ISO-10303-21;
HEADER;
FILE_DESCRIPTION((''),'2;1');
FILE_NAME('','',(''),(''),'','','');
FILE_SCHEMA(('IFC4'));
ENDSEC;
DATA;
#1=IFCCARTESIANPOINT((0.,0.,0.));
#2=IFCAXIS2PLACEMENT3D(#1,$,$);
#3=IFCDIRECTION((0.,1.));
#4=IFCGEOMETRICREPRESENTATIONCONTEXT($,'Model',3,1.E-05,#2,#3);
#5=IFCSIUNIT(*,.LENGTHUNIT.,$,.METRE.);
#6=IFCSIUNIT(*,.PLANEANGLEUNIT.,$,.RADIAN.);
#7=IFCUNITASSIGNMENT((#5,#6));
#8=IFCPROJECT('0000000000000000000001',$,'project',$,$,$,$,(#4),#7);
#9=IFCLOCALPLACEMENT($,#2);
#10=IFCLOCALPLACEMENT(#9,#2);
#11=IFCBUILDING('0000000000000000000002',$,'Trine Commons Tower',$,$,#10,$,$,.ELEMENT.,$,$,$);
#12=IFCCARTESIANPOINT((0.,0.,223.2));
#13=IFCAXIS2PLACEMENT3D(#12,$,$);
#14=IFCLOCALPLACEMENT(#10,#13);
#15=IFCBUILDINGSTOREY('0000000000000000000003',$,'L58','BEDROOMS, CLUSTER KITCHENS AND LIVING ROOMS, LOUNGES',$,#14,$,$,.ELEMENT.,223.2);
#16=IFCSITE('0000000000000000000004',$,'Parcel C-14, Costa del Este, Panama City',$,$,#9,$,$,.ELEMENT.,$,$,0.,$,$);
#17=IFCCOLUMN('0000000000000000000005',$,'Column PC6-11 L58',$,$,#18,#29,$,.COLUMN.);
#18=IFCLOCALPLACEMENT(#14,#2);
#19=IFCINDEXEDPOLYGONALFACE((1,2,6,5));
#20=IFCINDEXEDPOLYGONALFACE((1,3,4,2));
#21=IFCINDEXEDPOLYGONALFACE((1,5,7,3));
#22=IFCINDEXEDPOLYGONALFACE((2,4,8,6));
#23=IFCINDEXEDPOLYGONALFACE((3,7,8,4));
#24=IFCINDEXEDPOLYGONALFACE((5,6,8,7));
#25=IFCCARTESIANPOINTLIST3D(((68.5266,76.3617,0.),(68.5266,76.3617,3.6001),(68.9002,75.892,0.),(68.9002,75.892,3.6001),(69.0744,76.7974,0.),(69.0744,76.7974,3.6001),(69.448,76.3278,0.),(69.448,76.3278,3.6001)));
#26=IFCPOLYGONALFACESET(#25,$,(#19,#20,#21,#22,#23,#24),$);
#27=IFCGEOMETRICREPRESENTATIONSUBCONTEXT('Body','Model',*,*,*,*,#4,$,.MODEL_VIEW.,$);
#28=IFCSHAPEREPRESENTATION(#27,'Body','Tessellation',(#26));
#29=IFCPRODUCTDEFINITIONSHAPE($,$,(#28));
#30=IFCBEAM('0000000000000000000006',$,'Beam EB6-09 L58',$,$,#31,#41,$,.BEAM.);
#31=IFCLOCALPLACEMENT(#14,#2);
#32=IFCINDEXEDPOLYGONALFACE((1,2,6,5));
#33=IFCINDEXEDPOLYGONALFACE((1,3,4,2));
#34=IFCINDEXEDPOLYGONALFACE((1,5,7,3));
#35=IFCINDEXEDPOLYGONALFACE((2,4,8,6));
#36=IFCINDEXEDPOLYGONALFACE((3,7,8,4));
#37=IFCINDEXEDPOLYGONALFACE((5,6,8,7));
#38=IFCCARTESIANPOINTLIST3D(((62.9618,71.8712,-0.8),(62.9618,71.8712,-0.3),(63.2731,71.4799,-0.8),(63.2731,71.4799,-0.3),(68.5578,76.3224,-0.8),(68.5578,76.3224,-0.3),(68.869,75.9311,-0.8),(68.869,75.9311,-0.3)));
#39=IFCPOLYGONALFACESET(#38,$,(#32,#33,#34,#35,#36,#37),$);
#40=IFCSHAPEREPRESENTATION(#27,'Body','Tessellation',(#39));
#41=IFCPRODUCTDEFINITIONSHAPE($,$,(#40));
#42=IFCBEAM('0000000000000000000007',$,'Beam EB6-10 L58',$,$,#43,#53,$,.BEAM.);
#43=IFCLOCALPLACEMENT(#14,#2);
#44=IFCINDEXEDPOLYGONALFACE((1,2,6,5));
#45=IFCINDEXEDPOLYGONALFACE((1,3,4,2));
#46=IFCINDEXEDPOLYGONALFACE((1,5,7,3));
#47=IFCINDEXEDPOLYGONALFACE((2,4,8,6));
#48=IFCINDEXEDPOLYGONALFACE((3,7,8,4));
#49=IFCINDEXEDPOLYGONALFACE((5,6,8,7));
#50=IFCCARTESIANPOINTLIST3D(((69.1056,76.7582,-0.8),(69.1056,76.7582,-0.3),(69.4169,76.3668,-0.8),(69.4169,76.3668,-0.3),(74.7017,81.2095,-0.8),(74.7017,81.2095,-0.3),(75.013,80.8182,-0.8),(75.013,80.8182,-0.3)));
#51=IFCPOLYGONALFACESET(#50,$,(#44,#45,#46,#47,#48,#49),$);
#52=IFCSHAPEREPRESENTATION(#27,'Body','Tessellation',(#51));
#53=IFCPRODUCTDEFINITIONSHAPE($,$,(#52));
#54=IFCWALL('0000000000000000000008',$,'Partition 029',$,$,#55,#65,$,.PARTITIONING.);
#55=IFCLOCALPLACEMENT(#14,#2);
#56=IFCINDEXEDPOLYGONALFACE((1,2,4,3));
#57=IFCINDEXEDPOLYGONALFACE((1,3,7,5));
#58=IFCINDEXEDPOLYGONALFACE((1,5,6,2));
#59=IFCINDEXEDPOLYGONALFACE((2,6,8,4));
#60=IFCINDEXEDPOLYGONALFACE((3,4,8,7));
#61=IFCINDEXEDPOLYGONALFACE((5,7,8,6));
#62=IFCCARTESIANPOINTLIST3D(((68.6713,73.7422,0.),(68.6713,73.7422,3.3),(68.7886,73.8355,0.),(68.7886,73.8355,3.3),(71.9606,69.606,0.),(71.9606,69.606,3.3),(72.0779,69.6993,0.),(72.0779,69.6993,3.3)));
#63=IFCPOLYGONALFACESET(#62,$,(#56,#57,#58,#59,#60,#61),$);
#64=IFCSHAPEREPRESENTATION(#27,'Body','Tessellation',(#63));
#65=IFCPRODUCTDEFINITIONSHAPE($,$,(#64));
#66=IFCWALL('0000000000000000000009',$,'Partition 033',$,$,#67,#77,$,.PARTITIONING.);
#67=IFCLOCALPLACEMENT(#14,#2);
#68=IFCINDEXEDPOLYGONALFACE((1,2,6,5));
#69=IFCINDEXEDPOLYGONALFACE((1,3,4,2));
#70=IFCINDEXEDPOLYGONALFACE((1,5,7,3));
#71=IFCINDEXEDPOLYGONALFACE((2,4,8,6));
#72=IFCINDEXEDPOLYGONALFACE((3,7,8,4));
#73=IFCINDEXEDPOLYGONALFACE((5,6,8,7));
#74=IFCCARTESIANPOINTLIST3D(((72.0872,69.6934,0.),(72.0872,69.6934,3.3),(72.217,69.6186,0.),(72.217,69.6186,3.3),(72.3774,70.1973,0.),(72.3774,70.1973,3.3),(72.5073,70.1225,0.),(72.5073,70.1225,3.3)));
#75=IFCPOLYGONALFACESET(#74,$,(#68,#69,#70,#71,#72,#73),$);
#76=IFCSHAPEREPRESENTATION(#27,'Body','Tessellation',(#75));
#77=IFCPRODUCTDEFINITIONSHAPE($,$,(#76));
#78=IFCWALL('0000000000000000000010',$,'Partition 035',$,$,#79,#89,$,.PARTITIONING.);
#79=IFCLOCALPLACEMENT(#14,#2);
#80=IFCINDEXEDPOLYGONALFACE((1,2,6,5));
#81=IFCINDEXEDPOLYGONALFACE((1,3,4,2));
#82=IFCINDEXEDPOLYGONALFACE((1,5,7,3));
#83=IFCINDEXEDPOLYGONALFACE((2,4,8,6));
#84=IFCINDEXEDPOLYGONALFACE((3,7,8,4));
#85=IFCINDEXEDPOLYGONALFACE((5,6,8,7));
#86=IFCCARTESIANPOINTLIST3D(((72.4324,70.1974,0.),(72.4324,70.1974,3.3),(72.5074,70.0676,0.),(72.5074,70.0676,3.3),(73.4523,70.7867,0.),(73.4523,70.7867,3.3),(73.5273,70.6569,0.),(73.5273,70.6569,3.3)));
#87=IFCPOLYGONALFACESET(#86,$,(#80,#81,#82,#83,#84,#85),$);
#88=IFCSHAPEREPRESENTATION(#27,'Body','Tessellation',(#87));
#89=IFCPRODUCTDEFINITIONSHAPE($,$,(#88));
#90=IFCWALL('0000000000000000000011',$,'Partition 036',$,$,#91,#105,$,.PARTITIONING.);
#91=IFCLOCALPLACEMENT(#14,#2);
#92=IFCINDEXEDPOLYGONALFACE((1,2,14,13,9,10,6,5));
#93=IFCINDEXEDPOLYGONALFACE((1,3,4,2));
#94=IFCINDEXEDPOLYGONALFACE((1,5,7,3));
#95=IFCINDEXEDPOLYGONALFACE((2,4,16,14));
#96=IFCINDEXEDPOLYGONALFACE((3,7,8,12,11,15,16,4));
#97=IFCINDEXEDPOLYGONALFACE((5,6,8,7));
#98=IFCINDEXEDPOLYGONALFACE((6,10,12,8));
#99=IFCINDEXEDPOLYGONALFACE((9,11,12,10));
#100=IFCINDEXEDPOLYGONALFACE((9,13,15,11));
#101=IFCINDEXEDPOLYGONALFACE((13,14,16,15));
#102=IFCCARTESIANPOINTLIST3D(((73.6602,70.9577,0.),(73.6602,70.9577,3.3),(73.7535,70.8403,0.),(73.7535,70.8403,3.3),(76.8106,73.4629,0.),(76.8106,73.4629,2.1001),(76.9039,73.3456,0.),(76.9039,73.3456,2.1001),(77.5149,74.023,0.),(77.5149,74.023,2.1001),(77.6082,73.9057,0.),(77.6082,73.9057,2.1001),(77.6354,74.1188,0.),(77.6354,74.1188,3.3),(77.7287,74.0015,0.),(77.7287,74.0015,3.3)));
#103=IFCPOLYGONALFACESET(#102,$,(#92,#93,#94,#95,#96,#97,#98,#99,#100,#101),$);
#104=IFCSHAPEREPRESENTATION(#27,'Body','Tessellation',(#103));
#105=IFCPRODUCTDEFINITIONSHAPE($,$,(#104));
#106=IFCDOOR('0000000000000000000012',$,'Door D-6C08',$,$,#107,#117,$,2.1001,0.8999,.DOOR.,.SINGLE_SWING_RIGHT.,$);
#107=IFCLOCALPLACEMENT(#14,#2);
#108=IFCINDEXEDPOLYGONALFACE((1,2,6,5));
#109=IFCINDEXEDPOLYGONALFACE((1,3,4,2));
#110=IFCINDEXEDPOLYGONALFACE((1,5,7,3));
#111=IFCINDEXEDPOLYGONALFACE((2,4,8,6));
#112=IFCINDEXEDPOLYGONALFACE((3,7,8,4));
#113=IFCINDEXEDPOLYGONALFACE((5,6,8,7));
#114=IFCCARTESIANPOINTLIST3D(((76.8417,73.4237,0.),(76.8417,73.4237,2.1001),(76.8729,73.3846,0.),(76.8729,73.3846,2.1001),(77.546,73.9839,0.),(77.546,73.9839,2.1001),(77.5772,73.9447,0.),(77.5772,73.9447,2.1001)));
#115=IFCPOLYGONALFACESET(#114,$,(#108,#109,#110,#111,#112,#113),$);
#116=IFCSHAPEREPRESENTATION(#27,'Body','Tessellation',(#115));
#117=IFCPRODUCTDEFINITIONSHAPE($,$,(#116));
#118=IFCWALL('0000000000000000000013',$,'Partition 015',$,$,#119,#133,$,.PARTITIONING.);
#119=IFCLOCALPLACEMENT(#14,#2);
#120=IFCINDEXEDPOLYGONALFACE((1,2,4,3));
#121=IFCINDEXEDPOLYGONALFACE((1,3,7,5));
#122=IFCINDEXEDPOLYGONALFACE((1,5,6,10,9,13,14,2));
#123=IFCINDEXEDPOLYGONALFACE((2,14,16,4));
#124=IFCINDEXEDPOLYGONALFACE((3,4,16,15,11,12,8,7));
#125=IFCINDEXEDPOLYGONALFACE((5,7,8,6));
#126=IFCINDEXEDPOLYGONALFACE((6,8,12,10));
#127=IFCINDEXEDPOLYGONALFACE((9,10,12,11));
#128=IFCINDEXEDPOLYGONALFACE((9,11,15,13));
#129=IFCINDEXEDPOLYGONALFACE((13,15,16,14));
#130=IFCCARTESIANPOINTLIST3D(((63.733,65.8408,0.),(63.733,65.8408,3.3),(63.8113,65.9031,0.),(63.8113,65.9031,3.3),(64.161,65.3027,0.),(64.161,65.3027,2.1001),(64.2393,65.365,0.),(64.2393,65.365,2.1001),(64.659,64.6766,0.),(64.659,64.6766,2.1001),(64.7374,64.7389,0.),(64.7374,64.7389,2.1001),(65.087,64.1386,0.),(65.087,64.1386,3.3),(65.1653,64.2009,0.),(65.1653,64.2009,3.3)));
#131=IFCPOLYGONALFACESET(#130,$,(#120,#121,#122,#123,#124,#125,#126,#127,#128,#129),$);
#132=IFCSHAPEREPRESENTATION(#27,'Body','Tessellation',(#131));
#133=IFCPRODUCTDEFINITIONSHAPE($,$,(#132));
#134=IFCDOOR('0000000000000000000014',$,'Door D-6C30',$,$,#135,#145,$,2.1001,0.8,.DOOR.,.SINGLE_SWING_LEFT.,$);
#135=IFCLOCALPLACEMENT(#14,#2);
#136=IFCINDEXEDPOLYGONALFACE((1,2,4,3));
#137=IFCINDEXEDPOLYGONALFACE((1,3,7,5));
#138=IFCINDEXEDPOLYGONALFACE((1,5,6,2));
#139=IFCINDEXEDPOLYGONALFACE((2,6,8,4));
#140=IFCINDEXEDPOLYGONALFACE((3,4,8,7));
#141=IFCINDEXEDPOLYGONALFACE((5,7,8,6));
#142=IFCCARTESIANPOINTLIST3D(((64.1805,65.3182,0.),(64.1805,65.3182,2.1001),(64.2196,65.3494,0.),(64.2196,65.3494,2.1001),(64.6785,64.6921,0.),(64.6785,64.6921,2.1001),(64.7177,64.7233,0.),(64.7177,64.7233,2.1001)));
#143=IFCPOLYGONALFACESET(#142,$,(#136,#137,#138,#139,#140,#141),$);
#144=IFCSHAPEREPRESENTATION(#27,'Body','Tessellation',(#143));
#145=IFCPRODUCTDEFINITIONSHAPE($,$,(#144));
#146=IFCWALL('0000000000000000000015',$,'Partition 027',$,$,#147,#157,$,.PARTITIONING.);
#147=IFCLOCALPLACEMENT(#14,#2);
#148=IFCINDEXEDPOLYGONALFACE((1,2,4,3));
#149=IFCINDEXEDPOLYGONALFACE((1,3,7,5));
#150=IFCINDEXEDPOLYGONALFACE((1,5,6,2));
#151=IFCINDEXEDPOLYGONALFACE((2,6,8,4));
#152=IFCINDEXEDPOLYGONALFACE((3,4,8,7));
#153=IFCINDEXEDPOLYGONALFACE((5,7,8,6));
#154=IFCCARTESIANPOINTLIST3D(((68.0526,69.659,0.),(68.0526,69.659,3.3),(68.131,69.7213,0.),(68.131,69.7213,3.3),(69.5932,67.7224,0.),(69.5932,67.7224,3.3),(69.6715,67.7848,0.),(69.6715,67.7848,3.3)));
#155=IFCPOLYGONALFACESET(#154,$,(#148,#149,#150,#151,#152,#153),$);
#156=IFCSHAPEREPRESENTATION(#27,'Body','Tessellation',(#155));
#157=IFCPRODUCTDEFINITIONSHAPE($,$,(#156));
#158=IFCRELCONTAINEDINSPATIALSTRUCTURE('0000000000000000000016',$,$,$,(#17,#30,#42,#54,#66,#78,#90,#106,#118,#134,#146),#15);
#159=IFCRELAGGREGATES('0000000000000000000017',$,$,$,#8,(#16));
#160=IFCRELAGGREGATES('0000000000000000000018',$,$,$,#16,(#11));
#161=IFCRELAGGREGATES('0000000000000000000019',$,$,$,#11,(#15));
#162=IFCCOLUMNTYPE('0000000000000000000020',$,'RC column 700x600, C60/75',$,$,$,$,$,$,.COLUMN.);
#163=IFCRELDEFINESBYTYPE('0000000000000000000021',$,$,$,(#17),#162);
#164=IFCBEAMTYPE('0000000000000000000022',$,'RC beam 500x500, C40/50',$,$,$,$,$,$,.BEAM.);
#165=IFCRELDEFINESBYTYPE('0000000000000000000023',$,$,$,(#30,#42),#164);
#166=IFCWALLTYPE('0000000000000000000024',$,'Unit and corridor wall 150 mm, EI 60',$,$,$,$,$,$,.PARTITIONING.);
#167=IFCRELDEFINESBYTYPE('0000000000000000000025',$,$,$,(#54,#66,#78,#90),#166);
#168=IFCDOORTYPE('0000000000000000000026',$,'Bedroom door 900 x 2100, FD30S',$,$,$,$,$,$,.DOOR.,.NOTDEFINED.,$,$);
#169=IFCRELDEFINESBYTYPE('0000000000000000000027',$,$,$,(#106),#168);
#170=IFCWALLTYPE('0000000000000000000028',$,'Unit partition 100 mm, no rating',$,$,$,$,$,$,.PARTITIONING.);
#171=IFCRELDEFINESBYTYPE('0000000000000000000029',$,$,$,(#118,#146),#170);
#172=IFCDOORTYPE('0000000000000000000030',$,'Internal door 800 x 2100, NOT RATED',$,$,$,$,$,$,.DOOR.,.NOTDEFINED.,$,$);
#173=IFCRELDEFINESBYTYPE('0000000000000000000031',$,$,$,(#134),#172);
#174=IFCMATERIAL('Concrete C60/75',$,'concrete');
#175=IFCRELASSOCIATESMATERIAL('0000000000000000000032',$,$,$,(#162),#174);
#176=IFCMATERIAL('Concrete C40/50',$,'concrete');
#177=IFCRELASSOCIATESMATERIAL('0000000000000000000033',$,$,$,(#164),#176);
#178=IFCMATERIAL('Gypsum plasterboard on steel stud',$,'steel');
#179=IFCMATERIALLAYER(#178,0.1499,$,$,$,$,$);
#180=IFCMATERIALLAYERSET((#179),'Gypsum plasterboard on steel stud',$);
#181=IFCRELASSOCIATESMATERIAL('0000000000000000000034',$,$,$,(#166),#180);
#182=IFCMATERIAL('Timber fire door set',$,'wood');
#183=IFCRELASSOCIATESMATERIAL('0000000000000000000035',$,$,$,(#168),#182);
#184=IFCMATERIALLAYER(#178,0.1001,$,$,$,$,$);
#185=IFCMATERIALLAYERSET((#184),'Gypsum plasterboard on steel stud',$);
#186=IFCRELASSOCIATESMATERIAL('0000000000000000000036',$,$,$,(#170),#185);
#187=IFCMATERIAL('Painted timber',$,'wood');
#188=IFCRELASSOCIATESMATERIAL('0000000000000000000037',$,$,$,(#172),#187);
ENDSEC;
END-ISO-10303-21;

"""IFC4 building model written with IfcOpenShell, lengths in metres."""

from ifc_helpers import new_model, si_unit, direction, frame, frame_2d, origin, origin_2d, place, context, subcontext, project, spatial, rectangle, extrude, material, layer, layer_set, material_profile, profile_set, type_object, element, fill, save


model = new_model("IFC4")

# Units and contexts
model_context = context("Model", 3, precision=1e-05, world=origin(), true_north=direction((0.0, 1.0)))
body_context = subcontext(model_context, "Body", "Model", "MODEL_VIEW")
ifc_project = project(units=[si_unit("LENGTHUNIT", "METRE"), si_unit("PLANEANGLEUNIT", "RADIAN")], contexts=[model_context])

# Site, building, storey
site_placement = place(None, origin())
site = spatial("IfcSite", under=ifc_project, at=site_placement, Name="Parcel C-14, Costa del Este, Panama City", CompositionType="ELEMENT", RefElevation=0.0)
building_placement = place(site_placement, origin())
building = spatial("IfcBuilding", under=site, at=building_placement, Name="Trine Commons Tower", CompositionType="ELEMENT")
storey_placement = place(building_placement, frame((0.0, 0.0, 223.2)))
storey = spatial("IfcBuildingStorey", under=building, at=storey_placement, Name="L58", Description="BEDROOMS, CLUSTER KITCHENS AND LIVING ROOMS, LOUNGES", CompositionType="ELEMENT", Elevation=223.2)

# Column
ifc_material_1 = material(Name="Concrete C60/75", Category="concrete")
ifc_material_profile_1 = material_profile(ifc_material_1, rectangle(XDim=0.7, YDim=0.6001, at=origin_2d()), Name="RC 700x600")
ifc_profile_set_1 = profile_set([ifc_material_profile_1], Name="Concrete C60/75")
column_type = type_object("IfcColumnType", Name="RC column 700x600, C60/75", PredefinedType="COLUMN", material=ifc_profile_set_1)
column_placement = place(storey_placement, frame((68.9873, 76.3447, 0.0), z_axis=(0.0, 0.0, 1.0), x_axis=(0.782608, 0.622515, 0.0)))
element("IfcColumn", 1, at=column_placement, inside=storey, type_object=column_type, Name="Column PC6-11 L58", PredefinedType="COLUMN", context=body_context, shape_type="SweptSolid", body=[
    extrude(rectangle(XDim=0.7, YDim=0.6001, at=origin_2d()), origin(), (0.0, 0.0, 1.0), 3.6001),
])

# Beams
ifc_material_2 = material(Name="Concrete C40/50", Category="concrete")
ifc_material_profile_2 = material_profile(ifc_material_2, rectangle(XDim=0.5, YDim=0.5, at=origin_2d()), Name="RC 500x500")
ifc_profile_set_2 = profile_set([ifc_material_profile_2], Name="Concrete C40/50")
beam_type = type_object("IfcBeamType", Name="RC beam 500x500, C40/50", PredefinedType="BEAM", material=ifc_profile_set_2)
beam_1_placement = place(storey_placement, frame((63.1174, 71.6755, -0.55), z_axis=(0.782611, 0.622511, 0.0), x_axis=(-0.622511, 0.782611, 0.0)))
element("IfcBeam", 2, at=beam_1_placement, inside=storey, type_object=beam_type, Name="Beam EB6-09 L58", PredefinedType="BEAM", context=body_context, shape_type="SweptSolid", body=[
    extrude(rectangle(XDim=0.5, YDim=0.5, at=origin_2d()), origin(), (0.0, 0.0, 1.0), 7.1504),
])
beam_2_placement = place(storey_placement, frame((69.2612, 76.5625, -0.55), z_axis=(0.782608, 0.622515, 0.0), x_axis=(-0.622515, 0.782608, 0.0)))
element("IfcBeam", 3, at=beam_2_placement, inside=storey, type_object=beam_type, Name="Beam EB6-10 L58", PredefinedType="BEAM", context=body_context, shape_type="SweptSolid", body=[
    extrude(rectangle(XDim=0.5, YDim=0.5, at=origin_2d()), origin(), (0.0, 0.0, 1.0), 7.1506),
])

# Walls
ifc_material_3 = material(Name="Gypsum plasterboard on steel stud", Category="steel")
ifc_layer_1 = layer(ifc_material_3, 0.1499)
ifc_layer_set_1 = layer_set([ifc_layer_1], Name="Gypsum plasterboard on steel stud")
wall_type_1 = type_object("IfcWallType", Name="Unit and corridor wall 150 mm, EI 60", PredefinedType="PARTITIONING", material=ifc_layer_set_1)
wall_1_placement = place(storey_placement, frame((68.73, 73.7888, 0.0), z_axis=(0.0, 0.0, 1.0), x_axis=(0.622422, -0.782682, 0.0)))
element("IfcWall", 4, at=wall_1_placement, inside=storey, type_object=wall_type_1, Name="Partition 029", PredefinedType="PARTITIONING", context=body_context, shape_type="SweptSolid", body=[
    extrude(rectangle(XDim=5.2847, YDim=0.1499, at=frame_2d((2.6423, 0.0))), origin(), (0.0, 0.0, 1.0), 3.3),
])
wall_2_placement = place(storey_placement, frame((72.1521, 69.656, 0.0), z_axis=(0.0, 0.0, 1.0), x_axis=(0.499165, 0.866507, 0.0)))
element("IfcWall", 5, at=wall_2_placement, inside=storey, type_object=wall_type_1, Name="Partition 033", PredefinedType="PARTITIONING", context=body_context, shape_type="SweptSolid", body=[
    extrude(rectangle(XDim=0.5815, YDim=0.1499, at=frame_2d((0.2908, 0.0))), origin(), (0.0, 0.0, 1.0), 3.3),
])
wall_3_placement = place(storey_placement, frame((72.47, 70.1326, 0.0), z_axis=(0.0, 0.0, 1.0), x_axis=(0.865861, 0.500285, 0.0)))
element("IfcWall", 6, at=wall_3_placement, inside=storey, type_object=wall_type_1, Name="Partition 035", PredefinedType="PARTITIONING", context=body_context, shape_type="SweptSolid", body=[
    extrude(rectangle(XDim=1.178, YDim=0.1499, at=frame_2d((0.5889, 0.0))), origin(), (0.0, 0.0, 1.0), 3.3),
])

# Walls, openings, doors
wall_4_placement = place(storey_placement, frame((73.7068, 70.8989, 0.0), z_axis=(0.0, 0.0, 1.0), x_axis=(0.782685, 0.622418, 0.0)))
wall_4 = element("IfcWall", 7, at=wall_4_placement, inside=storey, type_object=wall_type_1, Name="Partition 036", PredefinedType="PARTITIONING", context=body_context, shape_type="SweptSolid", body=[
    extrude(rectangle(XDim=5.0789, YDim=0.1499, at=frame_2d((2.5396, 0.0))), origin(), (0.0, 0.0, 1.0), 3.3),
])
opening_1_placement = place(wall_4_placement, frame((4.0251, 0.0, 0.0)))
opening_1 = element("IfcOpeningElement", 8, at=opening_1_placement, cuts=wall_4, PredefinedType="OPENING", context=body_context, shape_type="SweptSolid", body=[
    extrude(rectangle(XDim=0.8999, YDim=2.1001, at=frame_2d((0.45, 1.05))), frame((0.0, 0.085, 0.0), z_axis=(0.0, -1.0, 0.0), x_axis=(1.0, 0.0, 0.0)), (0.0, 0.0, 1.0), 0.1699),
])
ifc_material_4 = material(Name="Timber fire door set", Category="wood")
door_type_1 = type_object("IfcDoorType", Name="Bedroom door 900 x 2100, FD30S", OperationType="NOTDEFINED", PredefinedType="DOOR", material=ifc_material_4)
door_1_placement = place(opening_1_placement, origin())
door_1 = element("IfcDoor", 9, at=door_1_placement, inside=storey, type_object=door_type_1, Name="Door D-6C08", OperationType="SINGLE_SWING_RIGHT", OverallHeight=2.1001, OverallWidth=0.8999, PredefinedType="DOOR", context=body_context, shape_type="SweptSolid", body=[
    extrude(rectangle(XDim=0.8999, YDim=2.1001, at=frame_2d((0.45, 1.05))), frame((0.0, 0.0249, 0.0), z_axis=(0.0, -1.0, 0.0), x_axis=(1.0, 0.0, 0.0)), (0.0, 0.0, 1.0), 0.05),
])
fill(opening_1, door_1)
ifc_layer_2 = layer(ifc_material_3, 0.1001)
ifc_layer_set_2 = layer_set([ifc_layer_2], Name="Gypsum plasterboard on steel stud")
wall_type_2 = type_object("IfcWallType", Name="Unit partition 100 mm, no rating", PredefinedType="PARTITIONING", material=ifc_layer_set_2)
wall_5_placement = place(storey_placement, frame((63.7722, 65.8718, 0.0), z_axis=(0.0, 0.0, 1.0), x_axis=(0.62253, -0.782596, 0.0)))
wall_5 = element("IfcWall", 10, at=wall_5_placement, inside=storey, type_object=wall_type_2, Name="Partition 015", PredefinedType="PARTITIONING", context=body_context, shape_type="SweptSolid", body=[
    extrude(rectangle(XDim=2.175, YDim=0.1001, at=frame_2d((1.0874, 0.0))), origin(), (0.0, 0.0, 1.0), 3.3),
])
opening_2_placement = place(wall_5_placement, frame((0.6875, 0.0, 0.0)))
opening_2 = element("IfcOpeningElement", 11, at=opening_2_placement, cuts=wall_5, PredefinedType="OPENING", context=body_context, shape_type="SweptSolid", body=[
    extrude(rectangle(XDim=0.8, YDim=2.1001, at=frame_2d((0.3999, 1.05))), frame((0.0, 0.0601, 0.0), z_axis=(0.0, -1.0, 0.0), x_axis=(1.0, 0.0, 0.0)), (0.0, 0.0, 1.0), 0.1201),
])
ifc_material_5 = material(Name="Painted timber", Category="wood")
door_type_2 = type_object("IfcDoorType", Name="Internal door 800 x 2100, NOT RATED", OperationType="NOTDEFINED", PredefinedType="DOOR", material=ifc_material_5)
door_2_placement = place(opening_2_placement, origin())
door_2 = element("IfcDoor", 12, at=door_2_placement, inside=storey, type_object=door_type_2, Name="Door D-6C30", OperationType="SINGLE_SWING_LEFT", OverallHeight=2.1001, OverallWidth=0.8, PredefinedType="DOOR", context=body_context, shape_type="SweptSolid", body=[
    extrude(rectangle(XDim=0.8, YDim=2.1001, at=frame_2d((0.3999, 1.05))), frame((0.0, 0.0249, 0.0), z_axis=(0.0, -1.0, 0.0), x_axis=(1.0, 0.0, 0.0)), (0.0, 0.0, 1.0), 0.05),
])
fill(opening_2, door_2)

# Wall
wall_6_placement = place(storey_placement, frame((68.0918, 69.6902, 0.0), z_axis=(0.0, 0.0, 1.0), x_axis=(0.622551, -0.782579, 0.0)))
element("IfcWall", 13, at=wall_6_placement, inside=storey, type_object=wall_type_2, Name="Partition 027", PredefinedType="PARTITIONING", context=body_context, shape_type="SweptSolid", body=[
    extrude(rectangle(XDim=2.4746, YDim=0.1001, at=frame_2d((1.2373, 0.0))), origin(), (0.0, 0.0, 1.0), 3.3),
])

save(model, "model.ifc")
